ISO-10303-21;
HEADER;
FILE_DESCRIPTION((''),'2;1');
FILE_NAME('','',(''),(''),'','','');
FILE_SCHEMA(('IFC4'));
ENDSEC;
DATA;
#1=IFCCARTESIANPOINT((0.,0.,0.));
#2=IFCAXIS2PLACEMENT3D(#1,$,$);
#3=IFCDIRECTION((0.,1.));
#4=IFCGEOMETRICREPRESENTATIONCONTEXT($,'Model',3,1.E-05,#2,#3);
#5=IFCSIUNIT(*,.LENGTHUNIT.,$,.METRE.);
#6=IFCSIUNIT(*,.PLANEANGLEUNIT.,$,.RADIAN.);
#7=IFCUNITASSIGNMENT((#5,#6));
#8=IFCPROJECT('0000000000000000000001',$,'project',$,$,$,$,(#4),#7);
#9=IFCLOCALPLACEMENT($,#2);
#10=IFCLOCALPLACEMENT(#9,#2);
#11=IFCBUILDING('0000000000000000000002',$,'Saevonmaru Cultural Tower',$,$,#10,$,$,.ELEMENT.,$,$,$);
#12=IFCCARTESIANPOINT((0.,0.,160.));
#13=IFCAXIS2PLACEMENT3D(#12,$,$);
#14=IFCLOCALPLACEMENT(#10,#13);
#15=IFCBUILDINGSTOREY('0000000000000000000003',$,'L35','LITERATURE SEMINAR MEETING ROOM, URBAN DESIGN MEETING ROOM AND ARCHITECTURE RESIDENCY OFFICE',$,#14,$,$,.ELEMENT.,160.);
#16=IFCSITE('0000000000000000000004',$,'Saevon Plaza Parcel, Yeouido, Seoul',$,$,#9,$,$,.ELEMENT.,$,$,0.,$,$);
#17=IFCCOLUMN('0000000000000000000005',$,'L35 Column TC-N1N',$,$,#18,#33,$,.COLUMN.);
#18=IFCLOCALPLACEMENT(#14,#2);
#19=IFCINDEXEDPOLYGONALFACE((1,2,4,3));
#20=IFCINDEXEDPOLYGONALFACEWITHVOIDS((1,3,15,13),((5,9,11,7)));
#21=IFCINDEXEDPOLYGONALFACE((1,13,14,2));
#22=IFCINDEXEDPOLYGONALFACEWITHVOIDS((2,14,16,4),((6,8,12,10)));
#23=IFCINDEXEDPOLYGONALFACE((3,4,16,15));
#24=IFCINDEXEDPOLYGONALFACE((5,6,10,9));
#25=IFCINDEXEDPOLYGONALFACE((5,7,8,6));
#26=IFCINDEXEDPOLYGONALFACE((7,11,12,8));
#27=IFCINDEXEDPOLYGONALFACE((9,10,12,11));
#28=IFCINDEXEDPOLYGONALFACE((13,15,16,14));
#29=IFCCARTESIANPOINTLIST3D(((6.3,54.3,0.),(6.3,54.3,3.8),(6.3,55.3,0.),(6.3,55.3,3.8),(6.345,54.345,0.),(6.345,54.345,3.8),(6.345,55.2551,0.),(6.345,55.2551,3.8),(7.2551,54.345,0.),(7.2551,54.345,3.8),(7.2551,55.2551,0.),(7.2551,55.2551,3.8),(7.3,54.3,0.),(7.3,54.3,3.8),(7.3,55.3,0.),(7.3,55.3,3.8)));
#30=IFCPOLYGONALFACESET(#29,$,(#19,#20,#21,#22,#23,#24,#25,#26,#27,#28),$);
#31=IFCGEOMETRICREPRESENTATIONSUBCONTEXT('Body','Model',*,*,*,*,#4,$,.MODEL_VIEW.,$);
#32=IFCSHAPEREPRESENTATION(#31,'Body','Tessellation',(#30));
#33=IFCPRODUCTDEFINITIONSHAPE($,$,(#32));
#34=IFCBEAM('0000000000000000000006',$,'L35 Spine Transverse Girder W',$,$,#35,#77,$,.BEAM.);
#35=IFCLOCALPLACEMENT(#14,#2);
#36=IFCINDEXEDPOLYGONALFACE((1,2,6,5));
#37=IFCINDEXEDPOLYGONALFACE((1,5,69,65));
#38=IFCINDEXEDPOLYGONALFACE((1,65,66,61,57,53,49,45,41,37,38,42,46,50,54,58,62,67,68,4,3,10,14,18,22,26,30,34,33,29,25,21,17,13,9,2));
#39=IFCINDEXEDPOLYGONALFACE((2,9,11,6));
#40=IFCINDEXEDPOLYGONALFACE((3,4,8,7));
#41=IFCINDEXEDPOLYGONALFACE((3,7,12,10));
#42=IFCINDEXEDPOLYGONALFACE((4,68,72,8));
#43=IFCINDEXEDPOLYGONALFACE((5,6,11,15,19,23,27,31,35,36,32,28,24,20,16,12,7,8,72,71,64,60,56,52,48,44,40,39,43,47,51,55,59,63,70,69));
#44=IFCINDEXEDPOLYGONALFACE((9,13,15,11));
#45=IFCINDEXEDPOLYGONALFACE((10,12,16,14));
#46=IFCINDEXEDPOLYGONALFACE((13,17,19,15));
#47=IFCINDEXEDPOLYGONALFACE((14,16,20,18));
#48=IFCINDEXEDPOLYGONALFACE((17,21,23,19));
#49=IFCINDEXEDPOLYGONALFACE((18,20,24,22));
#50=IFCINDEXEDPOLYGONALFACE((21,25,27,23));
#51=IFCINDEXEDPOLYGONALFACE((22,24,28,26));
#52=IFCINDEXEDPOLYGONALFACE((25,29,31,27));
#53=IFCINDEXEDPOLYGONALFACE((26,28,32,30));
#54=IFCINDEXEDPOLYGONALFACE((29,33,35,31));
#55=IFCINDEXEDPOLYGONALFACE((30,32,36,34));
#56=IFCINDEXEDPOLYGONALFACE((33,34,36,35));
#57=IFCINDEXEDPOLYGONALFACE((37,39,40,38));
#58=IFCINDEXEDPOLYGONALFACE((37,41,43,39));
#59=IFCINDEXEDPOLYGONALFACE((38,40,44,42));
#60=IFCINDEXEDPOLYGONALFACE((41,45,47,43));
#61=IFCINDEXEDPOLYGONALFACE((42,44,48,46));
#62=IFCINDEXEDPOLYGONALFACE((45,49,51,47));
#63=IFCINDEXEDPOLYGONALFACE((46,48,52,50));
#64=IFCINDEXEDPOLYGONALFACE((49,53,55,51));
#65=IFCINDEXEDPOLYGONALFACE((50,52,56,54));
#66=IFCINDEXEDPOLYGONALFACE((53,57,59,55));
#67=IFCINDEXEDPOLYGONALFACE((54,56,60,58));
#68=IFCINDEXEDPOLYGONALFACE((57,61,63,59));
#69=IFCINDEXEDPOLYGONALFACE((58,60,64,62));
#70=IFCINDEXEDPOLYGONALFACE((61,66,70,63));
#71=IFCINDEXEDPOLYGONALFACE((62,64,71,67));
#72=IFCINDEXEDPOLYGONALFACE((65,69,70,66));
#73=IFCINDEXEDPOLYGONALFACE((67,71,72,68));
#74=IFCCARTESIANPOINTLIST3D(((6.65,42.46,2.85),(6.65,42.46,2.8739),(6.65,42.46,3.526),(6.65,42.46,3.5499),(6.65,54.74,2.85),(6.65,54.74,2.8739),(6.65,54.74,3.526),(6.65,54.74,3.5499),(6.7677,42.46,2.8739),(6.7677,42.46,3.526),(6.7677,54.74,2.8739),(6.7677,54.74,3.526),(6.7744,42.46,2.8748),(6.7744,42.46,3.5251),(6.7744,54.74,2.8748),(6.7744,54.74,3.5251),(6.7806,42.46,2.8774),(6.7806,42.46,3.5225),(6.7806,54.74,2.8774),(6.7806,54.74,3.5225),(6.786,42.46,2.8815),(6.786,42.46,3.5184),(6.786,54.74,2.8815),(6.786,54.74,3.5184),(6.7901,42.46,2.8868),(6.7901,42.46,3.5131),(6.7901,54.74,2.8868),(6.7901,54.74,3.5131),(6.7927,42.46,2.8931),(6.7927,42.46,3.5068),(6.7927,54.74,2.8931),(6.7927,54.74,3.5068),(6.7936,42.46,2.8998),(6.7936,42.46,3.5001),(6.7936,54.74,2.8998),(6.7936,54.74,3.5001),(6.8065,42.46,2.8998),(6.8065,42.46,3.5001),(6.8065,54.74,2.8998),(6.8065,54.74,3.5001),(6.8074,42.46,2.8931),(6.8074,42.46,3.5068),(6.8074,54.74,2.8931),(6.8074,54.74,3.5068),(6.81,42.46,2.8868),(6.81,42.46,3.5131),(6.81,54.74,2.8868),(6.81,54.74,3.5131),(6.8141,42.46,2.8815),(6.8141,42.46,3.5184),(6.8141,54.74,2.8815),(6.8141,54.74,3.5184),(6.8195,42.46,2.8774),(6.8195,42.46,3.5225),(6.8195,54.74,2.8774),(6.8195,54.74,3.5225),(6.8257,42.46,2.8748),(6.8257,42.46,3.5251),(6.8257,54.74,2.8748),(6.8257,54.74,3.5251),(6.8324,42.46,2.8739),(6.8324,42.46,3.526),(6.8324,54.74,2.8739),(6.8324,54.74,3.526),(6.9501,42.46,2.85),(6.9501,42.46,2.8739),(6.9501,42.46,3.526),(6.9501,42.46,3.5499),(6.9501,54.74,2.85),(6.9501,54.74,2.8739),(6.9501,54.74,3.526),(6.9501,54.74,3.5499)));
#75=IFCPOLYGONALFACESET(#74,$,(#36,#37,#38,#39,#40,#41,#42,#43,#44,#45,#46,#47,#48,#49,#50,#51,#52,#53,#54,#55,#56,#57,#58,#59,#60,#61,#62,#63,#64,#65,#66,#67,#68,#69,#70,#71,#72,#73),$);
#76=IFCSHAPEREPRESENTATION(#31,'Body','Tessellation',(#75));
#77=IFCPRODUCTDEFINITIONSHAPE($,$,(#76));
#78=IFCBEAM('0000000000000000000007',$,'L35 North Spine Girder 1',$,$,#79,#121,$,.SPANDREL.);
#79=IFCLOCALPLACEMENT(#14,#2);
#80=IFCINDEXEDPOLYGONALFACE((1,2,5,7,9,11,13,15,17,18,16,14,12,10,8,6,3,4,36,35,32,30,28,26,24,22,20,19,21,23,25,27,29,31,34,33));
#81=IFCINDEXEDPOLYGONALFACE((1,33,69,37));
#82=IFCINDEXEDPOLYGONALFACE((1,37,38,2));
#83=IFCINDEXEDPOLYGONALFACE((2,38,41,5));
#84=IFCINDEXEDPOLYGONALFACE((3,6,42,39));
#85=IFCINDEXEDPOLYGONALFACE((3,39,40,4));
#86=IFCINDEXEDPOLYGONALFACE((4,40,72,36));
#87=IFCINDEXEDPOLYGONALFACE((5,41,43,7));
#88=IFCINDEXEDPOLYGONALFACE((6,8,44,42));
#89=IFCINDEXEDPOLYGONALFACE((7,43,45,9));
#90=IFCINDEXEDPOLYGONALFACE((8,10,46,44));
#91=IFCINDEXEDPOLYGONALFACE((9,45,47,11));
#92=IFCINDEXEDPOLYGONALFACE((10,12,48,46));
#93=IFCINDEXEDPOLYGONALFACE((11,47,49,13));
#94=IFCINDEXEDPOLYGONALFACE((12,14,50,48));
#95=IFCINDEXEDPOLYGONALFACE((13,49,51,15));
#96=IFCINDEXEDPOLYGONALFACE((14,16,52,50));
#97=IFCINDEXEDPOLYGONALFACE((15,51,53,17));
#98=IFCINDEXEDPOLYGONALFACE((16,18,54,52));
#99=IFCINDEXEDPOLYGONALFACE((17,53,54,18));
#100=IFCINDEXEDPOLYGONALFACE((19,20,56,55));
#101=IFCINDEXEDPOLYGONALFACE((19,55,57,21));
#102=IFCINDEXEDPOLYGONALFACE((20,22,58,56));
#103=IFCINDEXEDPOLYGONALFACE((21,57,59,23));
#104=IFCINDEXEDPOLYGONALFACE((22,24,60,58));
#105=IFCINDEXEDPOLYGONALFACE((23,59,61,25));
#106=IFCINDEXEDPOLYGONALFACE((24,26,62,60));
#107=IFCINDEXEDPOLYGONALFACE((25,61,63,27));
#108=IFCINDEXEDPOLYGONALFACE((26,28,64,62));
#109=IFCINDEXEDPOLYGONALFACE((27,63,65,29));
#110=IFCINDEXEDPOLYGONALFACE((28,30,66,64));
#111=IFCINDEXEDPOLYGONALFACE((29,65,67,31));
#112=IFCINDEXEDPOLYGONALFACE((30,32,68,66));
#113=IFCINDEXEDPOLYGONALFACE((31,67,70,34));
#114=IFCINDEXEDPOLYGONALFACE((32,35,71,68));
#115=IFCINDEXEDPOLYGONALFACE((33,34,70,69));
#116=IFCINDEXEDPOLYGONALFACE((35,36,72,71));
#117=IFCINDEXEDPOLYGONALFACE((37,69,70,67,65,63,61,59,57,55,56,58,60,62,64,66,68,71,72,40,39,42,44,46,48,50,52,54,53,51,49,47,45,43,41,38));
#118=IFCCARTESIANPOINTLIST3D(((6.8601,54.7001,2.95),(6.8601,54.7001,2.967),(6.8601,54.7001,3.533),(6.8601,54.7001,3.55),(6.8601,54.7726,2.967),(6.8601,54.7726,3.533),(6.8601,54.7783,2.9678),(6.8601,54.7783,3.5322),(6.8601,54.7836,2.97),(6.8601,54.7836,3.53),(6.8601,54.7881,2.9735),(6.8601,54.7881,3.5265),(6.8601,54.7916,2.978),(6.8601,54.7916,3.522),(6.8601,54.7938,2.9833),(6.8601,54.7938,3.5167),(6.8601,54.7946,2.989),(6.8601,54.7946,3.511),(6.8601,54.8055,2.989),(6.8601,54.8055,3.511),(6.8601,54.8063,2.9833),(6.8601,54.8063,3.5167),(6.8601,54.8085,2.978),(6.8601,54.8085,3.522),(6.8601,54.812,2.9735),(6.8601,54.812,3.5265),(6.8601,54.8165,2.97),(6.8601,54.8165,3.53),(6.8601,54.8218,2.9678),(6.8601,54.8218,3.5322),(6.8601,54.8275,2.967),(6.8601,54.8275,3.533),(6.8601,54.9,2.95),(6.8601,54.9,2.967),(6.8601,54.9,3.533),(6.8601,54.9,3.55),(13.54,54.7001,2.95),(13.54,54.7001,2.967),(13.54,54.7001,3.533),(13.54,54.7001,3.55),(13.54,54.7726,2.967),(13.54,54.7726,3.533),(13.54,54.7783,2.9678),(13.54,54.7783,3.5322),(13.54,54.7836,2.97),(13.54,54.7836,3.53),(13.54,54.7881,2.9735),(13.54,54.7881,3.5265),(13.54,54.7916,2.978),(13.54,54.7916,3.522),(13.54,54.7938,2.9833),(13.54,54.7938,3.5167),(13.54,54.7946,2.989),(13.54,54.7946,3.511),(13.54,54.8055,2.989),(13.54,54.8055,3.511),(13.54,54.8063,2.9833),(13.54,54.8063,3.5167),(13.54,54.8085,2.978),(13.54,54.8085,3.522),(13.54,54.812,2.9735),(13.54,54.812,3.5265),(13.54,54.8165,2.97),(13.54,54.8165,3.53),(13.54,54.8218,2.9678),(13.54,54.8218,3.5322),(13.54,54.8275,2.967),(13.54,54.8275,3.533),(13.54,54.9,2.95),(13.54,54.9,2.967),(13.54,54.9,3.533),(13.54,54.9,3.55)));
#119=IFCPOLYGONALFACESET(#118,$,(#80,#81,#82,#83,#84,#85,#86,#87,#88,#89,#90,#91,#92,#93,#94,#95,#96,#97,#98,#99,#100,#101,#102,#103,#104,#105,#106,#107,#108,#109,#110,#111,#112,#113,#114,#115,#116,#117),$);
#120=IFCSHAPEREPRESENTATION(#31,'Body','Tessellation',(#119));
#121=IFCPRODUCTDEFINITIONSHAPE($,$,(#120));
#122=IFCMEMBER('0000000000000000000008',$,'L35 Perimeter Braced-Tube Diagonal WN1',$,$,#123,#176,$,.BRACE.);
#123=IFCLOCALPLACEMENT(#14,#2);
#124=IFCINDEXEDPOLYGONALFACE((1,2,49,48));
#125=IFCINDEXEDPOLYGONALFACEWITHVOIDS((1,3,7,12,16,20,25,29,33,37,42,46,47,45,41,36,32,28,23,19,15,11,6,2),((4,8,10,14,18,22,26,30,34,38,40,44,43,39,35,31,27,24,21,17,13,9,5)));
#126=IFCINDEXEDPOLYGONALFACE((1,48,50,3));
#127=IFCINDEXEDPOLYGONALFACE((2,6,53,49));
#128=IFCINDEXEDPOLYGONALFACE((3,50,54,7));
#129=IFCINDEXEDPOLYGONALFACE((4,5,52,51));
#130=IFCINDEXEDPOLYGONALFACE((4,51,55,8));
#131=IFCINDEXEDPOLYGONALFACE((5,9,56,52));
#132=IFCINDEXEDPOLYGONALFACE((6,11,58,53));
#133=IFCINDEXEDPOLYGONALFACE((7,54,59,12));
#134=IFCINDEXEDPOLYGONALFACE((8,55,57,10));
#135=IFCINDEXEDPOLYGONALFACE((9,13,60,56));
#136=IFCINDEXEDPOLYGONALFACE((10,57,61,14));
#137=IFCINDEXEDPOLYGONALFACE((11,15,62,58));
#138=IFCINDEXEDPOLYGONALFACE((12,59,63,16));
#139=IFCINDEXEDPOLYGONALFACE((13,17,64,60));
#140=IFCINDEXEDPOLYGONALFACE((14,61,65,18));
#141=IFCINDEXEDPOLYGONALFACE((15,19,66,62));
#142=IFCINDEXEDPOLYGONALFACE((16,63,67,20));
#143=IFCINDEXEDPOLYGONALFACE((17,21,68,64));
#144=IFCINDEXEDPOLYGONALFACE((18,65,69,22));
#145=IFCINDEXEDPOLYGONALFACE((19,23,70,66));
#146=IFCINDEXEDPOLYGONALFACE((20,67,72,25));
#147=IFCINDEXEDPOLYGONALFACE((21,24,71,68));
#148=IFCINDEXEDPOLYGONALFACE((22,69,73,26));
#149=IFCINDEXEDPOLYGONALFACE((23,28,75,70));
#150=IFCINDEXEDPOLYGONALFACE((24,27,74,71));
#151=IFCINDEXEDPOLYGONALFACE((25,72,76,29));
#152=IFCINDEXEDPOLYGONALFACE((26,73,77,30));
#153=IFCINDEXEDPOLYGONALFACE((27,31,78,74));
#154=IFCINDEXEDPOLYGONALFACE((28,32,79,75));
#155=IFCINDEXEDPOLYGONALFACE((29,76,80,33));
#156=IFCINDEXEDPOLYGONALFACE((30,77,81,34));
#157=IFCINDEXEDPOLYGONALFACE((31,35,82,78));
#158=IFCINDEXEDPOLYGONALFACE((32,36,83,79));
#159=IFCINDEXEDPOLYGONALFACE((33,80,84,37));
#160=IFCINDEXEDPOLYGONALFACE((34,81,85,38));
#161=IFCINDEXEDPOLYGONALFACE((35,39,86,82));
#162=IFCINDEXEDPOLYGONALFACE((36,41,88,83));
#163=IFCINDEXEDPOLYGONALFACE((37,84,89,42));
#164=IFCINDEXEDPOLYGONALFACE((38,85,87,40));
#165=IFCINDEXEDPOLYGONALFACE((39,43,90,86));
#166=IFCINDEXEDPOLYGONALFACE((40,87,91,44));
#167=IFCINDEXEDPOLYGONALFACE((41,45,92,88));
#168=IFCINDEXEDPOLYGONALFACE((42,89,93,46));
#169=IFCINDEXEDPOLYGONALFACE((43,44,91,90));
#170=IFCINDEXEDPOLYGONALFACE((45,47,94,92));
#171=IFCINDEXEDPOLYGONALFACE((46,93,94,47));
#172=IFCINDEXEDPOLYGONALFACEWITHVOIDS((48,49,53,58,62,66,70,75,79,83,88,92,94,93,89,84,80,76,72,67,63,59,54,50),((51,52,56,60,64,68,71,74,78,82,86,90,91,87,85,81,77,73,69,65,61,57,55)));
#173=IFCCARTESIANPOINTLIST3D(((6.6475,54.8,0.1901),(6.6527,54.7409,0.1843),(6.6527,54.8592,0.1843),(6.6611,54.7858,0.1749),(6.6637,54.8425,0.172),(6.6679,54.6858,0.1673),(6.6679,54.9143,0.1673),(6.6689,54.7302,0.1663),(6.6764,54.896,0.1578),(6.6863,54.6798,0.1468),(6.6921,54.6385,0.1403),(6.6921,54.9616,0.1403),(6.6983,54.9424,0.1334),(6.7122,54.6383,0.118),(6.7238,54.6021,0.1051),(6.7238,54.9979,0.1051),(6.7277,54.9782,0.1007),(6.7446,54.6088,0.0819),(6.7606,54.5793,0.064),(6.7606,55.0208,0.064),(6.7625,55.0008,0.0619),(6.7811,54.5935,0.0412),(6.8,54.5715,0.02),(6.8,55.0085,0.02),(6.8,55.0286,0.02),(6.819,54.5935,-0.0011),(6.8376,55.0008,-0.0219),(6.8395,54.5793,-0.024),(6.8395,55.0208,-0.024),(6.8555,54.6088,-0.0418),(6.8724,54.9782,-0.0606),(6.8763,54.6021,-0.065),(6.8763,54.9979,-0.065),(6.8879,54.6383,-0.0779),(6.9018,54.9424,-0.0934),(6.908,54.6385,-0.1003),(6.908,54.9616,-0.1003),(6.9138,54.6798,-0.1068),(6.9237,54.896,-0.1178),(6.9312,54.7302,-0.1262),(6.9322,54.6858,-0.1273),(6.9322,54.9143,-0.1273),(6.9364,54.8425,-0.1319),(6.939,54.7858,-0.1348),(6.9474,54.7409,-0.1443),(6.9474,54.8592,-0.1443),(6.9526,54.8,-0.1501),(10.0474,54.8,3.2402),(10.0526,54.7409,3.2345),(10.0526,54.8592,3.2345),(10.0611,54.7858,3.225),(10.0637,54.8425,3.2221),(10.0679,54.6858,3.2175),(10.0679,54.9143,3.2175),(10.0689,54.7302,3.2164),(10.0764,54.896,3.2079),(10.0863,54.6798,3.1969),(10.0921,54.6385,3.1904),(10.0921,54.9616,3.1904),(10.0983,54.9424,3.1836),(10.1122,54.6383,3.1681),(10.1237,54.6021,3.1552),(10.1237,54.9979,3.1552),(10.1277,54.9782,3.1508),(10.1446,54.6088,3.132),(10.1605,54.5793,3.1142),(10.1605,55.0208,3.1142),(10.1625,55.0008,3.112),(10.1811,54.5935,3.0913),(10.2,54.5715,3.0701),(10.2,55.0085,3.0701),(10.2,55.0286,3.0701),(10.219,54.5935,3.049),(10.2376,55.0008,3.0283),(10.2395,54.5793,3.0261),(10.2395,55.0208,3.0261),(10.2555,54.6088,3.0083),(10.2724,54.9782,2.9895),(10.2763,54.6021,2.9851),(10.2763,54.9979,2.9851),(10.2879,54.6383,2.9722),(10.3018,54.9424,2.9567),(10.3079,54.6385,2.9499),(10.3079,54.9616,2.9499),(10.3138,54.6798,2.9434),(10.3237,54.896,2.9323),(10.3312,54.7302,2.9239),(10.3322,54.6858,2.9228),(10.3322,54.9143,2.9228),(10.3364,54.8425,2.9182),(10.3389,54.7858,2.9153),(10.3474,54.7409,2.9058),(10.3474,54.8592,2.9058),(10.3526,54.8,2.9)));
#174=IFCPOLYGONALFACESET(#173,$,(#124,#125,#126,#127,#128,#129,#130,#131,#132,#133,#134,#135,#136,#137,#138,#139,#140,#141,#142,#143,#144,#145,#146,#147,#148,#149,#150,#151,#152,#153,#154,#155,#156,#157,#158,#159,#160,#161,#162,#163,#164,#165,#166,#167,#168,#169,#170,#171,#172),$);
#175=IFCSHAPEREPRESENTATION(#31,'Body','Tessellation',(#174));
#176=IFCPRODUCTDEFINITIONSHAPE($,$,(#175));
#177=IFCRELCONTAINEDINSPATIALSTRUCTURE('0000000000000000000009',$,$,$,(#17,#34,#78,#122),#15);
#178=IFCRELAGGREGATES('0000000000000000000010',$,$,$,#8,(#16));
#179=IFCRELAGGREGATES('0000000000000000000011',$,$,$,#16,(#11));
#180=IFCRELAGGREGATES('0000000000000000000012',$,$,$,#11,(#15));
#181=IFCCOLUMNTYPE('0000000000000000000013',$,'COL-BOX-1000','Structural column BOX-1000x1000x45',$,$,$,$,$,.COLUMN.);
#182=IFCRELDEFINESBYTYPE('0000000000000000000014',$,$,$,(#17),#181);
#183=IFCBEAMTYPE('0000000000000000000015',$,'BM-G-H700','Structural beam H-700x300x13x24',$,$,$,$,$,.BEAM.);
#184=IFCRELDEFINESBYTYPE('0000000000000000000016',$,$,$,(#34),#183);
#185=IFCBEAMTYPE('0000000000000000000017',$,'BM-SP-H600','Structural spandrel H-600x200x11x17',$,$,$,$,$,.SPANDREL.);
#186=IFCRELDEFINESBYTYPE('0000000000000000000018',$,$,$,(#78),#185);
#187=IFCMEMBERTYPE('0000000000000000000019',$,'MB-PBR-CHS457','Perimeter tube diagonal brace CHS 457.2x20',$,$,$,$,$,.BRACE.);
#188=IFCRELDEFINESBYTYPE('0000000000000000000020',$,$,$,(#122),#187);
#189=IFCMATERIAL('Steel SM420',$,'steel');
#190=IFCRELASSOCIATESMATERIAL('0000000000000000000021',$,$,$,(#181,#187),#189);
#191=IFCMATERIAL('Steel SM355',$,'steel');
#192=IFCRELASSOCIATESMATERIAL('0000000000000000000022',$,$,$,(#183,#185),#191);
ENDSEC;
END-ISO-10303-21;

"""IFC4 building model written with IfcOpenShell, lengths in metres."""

from ifc_helpers import new_model, si_unit, direction, frame, origin, origin_2d, place, context, subcontext, project, spatial, hollow_rectangle, hollow_circle, i_section, extrude, material, material_profile, profile_set, type_object, element, save


model = new_model("IFC4")

# Units and contexts
model_context = context("Model", 3, precision=1e-05, world=origin(), true_north=direction((0.0, 1.0)))
body_context = subcontext(model_context, "Body", "Model", "MODEL_VIEW")
ifc_project = project(units=[si_unit("LENGTHUNIT", "METRE"), si_unit("PLANEANGLEUNIT", "RADIAN")], contexts=[model_context])

# Site, building, storey
site_placement = place(None, origin())
site = spatial("IfcSite", under=ifc_project, at=site_placement, Name="Saevon Plaza Parcel, Yeouido, Seoul", CompositionType="ELEMENT", RefElevation=0.0)
building_placement = place(site_placement, origin())
building = spatial("IfcBuilding", under=site, at=building_placement, Name="Saevonmaru Cultural Tower", CompositionType="ELEMENT")
storey_placement = place(building_placement, frame((0.0, 0.0, 160.0)))
storey = spatial("IfcBuildingStorey", under=building, at=storey_placement, Name="L35", Description="LITERATURE SEMINAR MEETING ROOM, URBAN DESIGN MEETING ROOM AND ARCHITECTURE RESIDENCY OFFICE", CompositionType="ELEMENT", Elevation=160.0)

# Column
ifc_material_1 = material(Name="Steel SM420", Category="steel")
ifc_material_profile_1 = material_profile(ifc_material_1, hollow_rectangle(XDim=1.0, YDim=1.0, WallThickness=0.0449, at=origin_2d()), Name="BOX-1000x1000x45")
ifc_profile_set_1 = profile_set([ifc_material_profile_1], Name="Steel SM420")
column_type = type_object("IfcColumnType", Name="COL-BOX-1000", Description="Structural column BOX-1000x1000x45", PredefinedType="COLUMN", material=ifc_profile_set_1)
column_placement = place(storey_placement, frame((6.8, 54.8, 0.0), z_axis=(0.0, 0.0, 1.0), x_axis=(1.0, 0.0, 0.0)))
element("IfcColumn", 1, at=column_placement, inside=storey, type_object=column_type, Name="L35 Column TC-N1N", PredefinedType="COLUMN", context=body_context, shape_type="SweptSolid", body=[
    extrude(hollow_rectangle(XDim=1.0, YDim=1.0, WallThickness=0.0449, at=origin_2d()), origin(), (0.0, 0.0, 1.0), 3.8),
])

# Beams
ifc_material_2 = material(Name="Steel SM355", Category="steel")
ifc_material_profile_2 = material_profile(ifc_material_2, i_section(OverallWidth=0.3, OverallDepth=0.7, WebThickness=0.0129, FlangeThickness=0.0239, FilletRadius=0.0259, at=origin_2d()), Name="H-700x300x13x24")
ifc_profile_set_2 = profile_set([ifc_material_profile_2], Name="Steel SM355")
beam_type_1 = type_object("IfcBeamType", Name="BM-G-H700", Description="Structural beam H-700x300x13x24", PredefinedType="BEAM", material=ifc_profile_set_2)
beam_1_placement = place(storey_placement, frame((6.8, 54.74, 3.2), z_axis=(0.0, -1.0, 0.0), x_axis=(1.0, 0.0, 0.0)))
element("IfcBeam", 2, at=beam_1_placement, inside=storey, type_object=beam_type_1, Name="L35 Spine Transverse Girder W", PredefinedType="BEAM", context=body_context, shape_type="SweptSolid", body=[
    extrude(i_section(OverallWidth=0.3, OverallDepth=0.7, WebThickness=0.0129, FlangeThickness=0.0239, FilletRadius=0.0259, at=origin_2d()), origin(), (0.0, 0.0, 1.0), 12.28),
])
ifc_material_profile_3 = material_profile(ifc_material_2, i_section(OverallWidth=0.2, OverallDepth=0.6001, WebThickness=0.011, FlangeThickness=0.0171, FilletRadius=0.022, at=origin_2d()), Name="H-600x200x11x17")
ifc_profile_set_3 = profile_set([ifc_material_profile_3], Name="Steel SM355")
beam_type_2 = type_object("IfcBeamType", Name="BM-SP-H600", Description="Structural spandrel H-600x200x11x17", PredefinedType="SPANDREL", material=ifc_profile_set_3)
beam_2_placement = place(storey_placement, frame((6.8601, 54.8, 3.25), z_axis=(1.0, 0.0, 0.0), x_axis=(0.0, 1.0, 0.0)))
element("IfcBeam", 3, at=beam_2_placement, inside=storey, type_object=beam_type_2, Name="L35 North Spine Girder 1", PredefinedType="SPANDREL", context=body_context, shape_type="SweptSolid", body=[
    extrude(i_section(OverallWidth=0.2, OverallDepth=0.6001, WebThickness=0.011, FlangeThickness=0.0171, FilletRadius=0.022, at=origin_2d()), origin(), (0.0, 0.0, 1.0), 6.6799),
])

# Member
ifc_material_profile_4 = material_profile(ifc_material_1, hollow_circle(Radius=0.2285, WallThickness=0.02, at=origin_2d()), Name="CHS-457.2x20")
ifc_profile_set_4 = profile_set([ifc_material_profile_4], Name="Steel SM420")
member_type_1 = type_object("IfcMemberType", Name="MB-PBR-CHS457", Description="Perimeter tube diagonal brace CHS 457.2x20", PredefinedType="BRACE", material=ifc_profile_set_4)
member_1_placement = place(storey_placement, frame((6.8, 54.8, 0.02), z_axis=(0.744367, 0.0, 0.667771), x_axis=(0.0, 1.0, 0.0)))
element("IfcMember", 4, at=member_1_placement, inside=storey, type_object=member_type_1, Name="L35 Perimeter Braced-Tube Diagonal WN1", PredefinedType="BRACE", context=body_context, shape_type="SweptSolid", body=[
    extrude(hollow_circle(Radius=0.2285, WallThickness=0.02, at=origin_2d()), origin(), (0.0, 0.0, 1.0), 4.5676),
])

save(model, "model.ifc")
